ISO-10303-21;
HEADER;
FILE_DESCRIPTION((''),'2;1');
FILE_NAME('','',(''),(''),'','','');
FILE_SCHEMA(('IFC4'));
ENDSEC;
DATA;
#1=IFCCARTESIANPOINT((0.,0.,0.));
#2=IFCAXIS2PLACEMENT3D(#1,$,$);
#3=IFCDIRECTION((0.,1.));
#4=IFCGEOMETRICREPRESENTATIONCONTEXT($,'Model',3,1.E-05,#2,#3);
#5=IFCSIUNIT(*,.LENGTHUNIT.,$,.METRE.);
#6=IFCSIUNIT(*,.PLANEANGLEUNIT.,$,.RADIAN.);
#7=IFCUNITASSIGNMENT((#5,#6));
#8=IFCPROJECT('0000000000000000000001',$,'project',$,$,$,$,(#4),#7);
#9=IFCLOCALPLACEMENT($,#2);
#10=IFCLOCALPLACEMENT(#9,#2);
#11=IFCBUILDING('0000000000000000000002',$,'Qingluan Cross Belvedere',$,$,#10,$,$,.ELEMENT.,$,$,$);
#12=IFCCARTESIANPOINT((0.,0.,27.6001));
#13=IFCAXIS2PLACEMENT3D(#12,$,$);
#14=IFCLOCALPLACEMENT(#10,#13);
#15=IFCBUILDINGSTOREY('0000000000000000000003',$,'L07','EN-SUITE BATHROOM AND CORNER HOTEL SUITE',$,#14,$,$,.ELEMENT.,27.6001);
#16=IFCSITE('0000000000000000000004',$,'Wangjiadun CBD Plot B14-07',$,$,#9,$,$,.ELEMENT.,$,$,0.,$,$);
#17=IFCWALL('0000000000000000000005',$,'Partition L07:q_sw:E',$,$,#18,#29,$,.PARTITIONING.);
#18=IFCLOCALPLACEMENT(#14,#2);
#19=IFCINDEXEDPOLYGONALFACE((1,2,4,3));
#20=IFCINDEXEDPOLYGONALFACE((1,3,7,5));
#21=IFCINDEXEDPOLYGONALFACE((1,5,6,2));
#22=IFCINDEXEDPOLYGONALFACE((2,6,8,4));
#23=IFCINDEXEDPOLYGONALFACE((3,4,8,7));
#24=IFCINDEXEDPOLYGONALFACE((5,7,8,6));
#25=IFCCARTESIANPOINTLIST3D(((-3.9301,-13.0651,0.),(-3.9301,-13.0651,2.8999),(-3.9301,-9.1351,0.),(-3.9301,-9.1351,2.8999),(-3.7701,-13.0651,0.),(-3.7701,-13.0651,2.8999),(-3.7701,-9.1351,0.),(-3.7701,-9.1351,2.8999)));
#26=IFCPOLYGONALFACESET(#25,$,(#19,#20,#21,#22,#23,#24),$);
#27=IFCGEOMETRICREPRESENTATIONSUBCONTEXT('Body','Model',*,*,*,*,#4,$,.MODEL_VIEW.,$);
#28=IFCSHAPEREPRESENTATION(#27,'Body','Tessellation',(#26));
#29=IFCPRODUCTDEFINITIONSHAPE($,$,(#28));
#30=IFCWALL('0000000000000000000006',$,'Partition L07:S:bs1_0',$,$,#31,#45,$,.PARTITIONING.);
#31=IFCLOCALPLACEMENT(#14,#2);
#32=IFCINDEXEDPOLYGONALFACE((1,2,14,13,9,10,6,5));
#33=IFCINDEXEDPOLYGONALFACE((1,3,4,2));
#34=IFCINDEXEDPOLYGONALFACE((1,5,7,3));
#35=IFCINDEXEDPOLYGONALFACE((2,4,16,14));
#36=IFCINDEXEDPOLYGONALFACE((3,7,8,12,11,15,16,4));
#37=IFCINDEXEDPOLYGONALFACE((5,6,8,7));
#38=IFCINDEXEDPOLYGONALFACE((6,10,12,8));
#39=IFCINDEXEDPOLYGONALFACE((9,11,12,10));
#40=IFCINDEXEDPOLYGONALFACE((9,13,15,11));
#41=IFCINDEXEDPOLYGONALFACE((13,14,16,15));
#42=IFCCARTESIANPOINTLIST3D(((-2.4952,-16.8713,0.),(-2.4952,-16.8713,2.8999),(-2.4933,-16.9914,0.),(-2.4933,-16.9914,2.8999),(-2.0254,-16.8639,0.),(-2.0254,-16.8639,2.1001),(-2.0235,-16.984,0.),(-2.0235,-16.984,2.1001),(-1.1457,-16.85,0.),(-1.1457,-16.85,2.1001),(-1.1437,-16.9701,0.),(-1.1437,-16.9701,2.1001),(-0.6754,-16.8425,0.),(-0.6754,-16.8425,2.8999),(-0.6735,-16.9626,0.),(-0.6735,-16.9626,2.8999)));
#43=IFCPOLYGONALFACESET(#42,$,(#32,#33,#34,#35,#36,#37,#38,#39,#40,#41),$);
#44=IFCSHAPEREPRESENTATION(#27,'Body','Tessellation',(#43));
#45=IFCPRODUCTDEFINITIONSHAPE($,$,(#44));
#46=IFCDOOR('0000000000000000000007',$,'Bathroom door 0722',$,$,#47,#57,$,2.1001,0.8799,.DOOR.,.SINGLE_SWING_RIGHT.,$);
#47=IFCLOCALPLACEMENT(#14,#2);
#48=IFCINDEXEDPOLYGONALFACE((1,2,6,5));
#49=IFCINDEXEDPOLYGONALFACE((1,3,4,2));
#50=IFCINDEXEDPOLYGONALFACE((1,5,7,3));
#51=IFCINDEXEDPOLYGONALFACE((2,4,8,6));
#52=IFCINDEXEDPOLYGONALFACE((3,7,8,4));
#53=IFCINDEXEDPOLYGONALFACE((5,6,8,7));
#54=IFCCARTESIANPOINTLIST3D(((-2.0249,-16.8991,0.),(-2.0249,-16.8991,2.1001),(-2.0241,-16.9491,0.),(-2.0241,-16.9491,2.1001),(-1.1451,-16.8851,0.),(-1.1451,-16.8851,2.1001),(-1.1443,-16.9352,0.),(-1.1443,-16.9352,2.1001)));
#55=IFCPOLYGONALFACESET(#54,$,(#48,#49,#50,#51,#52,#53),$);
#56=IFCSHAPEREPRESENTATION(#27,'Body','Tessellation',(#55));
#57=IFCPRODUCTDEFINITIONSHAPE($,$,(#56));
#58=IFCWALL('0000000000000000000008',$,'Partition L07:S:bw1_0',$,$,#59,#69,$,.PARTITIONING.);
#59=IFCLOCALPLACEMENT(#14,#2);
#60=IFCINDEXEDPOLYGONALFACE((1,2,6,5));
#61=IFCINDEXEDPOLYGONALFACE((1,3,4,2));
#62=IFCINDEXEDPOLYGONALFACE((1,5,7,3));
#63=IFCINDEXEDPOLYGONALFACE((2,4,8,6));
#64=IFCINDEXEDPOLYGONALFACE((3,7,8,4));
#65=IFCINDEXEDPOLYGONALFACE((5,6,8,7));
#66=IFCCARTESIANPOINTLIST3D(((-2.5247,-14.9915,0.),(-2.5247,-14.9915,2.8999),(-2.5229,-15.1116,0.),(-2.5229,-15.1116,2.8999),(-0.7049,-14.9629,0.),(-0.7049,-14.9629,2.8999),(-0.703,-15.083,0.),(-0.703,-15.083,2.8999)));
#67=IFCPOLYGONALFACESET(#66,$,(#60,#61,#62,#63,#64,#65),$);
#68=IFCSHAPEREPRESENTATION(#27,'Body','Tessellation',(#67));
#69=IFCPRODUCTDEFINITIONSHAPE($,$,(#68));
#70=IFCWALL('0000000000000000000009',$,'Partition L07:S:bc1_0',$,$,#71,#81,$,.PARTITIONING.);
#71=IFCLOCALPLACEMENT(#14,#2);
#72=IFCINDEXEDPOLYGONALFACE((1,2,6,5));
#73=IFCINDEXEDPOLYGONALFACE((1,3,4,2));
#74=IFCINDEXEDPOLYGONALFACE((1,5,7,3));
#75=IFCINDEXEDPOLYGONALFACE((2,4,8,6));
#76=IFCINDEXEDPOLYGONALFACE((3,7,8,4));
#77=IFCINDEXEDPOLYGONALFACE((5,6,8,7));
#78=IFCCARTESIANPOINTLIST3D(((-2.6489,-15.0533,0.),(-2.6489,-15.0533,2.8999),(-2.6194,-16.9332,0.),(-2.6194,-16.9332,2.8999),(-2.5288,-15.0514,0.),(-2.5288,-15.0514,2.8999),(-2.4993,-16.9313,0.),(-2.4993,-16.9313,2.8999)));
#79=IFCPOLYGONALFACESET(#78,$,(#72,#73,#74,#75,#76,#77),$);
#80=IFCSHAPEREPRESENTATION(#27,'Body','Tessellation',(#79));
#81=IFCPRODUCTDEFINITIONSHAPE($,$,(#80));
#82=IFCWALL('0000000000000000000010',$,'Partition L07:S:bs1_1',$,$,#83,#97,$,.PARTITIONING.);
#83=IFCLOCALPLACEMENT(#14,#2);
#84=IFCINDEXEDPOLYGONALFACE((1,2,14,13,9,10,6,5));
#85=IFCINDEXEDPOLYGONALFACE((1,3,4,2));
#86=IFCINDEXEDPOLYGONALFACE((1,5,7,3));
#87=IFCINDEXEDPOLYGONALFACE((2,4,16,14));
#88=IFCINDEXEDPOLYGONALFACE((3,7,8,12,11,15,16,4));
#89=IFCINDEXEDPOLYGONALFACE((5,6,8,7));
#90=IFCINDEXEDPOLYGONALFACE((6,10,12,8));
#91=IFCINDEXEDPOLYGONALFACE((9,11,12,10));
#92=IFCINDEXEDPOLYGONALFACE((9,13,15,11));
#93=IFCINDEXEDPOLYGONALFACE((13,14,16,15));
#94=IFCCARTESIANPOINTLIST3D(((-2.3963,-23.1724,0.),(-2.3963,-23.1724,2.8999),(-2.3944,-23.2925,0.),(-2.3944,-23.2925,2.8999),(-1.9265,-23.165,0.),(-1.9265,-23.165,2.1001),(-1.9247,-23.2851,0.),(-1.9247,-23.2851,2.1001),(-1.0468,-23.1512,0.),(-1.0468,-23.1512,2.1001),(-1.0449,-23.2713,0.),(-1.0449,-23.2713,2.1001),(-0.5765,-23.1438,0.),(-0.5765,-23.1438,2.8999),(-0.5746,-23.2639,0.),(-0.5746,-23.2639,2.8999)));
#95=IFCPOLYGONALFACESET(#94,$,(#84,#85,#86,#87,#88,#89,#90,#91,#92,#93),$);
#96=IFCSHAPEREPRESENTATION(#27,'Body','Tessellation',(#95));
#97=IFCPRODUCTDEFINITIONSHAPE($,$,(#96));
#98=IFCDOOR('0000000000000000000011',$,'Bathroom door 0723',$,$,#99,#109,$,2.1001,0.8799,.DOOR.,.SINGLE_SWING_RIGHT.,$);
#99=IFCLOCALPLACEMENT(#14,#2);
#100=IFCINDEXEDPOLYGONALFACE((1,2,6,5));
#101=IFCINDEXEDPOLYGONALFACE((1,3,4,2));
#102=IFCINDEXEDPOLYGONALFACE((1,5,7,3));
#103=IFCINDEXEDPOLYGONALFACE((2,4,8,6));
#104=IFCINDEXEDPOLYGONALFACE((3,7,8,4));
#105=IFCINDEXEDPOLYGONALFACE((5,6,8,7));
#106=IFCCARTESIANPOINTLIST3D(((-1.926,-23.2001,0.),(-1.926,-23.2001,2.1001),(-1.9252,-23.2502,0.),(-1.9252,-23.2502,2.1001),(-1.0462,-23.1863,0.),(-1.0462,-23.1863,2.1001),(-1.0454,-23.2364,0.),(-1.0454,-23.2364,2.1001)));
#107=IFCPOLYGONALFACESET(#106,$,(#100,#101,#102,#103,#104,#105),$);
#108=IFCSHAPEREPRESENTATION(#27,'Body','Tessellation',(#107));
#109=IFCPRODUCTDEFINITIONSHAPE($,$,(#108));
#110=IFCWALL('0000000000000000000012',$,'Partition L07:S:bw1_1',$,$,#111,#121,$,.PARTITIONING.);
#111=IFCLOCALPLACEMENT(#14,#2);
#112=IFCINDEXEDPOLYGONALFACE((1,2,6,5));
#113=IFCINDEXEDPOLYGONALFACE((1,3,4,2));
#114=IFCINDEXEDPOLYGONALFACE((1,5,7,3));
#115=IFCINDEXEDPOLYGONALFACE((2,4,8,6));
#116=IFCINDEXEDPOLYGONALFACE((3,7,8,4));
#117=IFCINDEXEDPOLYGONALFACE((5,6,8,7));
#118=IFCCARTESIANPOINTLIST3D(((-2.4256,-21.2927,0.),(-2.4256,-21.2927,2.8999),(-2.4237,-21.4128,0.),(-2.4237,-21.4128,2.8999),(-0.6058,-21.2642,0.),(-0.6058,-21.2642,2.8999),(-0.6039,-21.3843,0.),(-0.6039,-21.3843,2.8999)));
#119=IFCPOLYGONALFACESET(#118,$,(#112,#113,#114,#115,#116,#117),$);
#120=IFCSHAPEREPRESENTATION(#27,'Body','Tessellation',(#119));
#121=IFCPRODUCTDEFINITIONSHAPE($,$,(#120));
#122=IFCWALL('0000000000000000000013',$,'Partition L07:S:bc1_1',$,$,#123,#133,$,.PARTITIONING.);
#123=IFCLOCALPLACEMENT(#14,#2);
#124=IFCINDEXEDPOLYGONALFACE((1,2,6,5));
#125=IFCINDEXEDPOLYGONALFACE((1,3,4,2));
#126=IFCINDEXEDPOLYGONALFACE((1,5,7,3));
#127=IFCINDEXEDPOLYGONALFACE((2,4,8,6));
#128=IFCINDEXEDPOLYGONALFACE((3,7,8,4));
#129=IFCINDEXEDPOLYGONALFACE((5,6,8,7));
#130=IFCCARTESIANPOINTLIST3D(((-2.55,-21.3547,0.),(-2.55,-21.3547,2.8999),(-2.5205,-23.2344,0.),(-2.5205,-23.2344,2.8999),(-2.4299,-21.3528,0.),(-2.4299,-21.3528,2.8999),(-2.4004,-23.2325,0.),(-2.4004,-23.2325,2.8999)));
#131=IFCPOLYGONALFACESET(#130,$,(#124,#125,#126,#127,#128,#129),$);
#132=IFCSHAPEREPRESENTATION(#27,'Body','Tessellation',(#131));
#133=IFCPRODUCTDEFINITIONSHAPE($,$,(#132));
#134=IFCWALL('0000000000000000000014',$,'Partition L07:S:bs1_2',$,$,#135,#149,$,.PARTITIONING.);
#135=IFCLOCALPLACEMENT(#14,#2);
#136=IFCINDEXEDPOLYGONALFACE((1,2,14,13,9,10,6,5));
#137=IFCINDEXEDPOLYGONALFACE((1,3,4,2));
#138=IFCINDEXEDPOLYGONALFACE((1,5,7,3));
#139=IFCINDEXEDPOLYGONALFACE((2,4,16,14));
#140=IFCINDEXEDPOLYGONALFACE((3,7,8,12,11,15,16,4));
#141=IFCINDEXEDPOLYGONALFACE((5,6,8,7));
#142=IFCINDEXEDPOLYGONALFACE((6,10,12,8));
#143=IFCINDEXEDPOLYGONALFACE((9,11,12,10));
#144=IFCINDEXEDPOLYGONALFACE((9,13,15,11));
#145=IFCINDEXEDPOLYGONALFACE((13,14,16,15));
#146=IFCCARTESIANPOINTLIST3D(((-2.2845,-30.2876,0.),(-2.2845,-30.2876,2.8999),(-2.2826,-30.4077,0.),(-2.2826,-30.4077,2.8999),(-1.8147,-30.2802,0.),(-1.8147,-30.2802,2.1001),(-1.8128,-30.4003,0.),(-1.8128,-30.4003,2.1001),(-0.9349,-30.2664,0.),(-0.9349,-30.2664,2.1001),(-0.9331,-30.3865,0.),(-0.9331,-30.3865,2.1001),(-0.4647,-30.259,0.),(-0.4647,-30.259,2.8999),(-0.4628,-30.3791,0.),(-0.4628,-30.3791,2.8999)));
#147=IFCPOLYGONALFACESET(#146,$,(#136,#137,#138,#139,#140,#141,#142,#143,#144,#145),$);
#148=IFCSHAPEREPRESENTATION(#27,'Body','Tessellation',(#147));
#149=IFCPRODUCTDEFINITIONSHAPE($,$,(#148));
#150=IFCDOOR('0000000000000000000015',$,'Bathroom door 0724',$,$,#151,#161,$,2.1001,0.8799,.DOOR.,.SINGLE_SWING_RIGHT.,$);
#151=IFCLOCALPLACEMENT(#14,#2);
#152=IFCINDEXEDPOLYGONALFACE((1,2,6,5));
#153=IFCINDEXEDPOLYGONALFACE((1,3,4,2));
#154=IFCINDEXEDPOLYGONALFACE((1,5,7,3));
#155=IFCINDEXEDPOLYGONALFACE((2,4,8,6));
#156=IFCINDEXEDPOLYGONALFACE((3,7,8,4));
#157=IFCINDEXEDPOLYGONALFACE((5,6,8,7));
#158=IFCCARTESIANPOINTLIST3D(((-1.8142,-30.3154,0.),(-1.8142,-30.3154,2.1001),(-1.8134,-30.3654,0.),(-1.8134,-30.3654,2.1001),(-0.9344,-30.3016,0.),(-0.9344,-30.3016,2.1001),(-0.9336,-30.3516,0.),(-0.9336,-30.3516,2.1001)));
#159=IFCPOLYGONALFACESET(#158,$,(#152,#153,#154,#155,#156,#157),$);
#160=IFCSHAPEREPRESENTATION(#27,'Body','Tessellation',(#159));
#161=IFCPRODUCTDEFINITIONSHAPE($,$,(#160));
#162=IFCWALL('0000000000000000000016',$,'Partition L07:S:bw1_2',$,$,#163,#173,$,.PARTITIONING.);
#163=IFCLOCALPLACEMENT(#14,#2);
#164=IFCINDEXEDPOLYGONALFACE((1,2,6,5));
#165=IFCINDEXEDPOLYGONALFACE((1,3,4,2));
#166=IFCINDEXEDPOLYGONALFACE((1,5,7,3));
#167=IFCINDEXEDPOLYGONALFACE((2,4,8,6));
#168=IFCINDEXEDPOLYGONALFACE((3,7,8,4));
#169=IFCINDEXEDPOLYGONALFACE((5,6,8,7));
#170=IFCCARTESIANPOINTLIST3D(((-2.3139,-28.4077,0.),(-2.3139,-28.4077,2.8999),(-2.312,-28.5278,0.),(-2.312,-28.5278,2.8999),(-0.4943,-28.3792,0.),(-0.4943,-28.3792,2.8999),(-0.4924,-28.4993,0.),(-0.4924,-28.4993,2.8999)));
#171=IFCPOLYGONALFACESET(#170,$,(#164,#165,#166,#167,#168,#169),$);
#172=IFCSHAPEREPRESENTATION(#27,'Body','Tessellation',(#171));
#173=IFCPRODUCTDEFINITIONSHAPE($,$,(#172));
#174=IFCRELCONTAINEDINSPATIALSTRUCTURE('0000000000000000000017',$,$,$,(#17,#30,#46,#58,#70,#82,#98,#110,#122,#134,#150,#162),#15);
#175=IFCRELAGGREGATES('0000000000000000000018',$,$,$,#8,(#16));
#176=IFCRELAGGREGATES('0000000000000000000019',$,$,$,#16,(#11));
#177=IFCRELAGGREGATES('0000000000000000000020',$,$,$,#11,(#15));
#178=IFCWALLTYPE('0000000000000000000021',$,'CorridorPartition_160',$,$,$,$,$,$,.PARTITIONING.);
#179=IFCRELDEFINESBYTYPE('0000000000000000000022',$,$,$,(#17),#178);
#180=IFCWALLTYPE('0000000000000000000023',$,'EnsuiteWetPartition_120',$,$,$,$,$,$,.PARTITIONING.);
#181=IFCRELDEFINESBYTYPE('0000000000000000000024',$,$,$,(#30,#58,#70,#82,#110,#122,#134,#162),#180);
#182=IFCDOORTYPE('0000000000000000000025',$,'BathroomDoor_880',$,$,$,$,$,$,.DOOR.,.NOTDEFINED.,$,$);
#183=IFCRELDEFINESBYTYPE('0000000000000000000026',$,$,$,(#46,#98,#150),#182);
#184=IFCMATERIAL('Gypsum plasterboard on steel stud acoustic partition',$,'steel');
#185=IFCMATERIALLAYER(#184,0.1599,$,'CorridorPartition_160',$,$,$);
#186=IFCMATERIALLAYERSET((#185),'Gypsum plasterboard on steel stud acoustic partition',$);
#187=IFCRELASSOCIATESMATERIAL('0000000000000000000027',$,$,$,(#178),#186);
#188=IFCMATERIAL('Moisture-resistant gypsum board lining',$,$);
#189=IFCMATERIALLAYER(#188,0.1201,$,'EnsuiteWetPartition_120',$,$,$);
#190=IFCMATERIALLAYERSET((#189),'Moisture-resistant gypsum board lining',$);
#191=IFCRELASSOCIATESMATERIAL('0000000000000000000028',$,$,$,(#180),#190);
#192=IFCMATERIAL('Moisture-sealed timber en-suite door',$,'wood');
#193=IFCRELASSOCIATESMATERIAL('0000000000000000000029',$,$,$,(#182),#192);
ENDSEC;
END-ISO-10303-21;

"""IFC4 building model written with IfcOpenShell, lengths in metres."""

from ifc_helpers import new_model, si_unit, direction, frame, frame_2d, origin, place, context, subcontext, project, spatial, rectangle, extrude, material, layer, layer_set, type_object, element, fill, save


model = new_model("IFC4")

# Units and contexts
model_context = context("Model", 3, precision=1e-05, world=origin(), true_north=direction((0.0, 1.0)))
body_context = subcontext(model_context, "Body", "Model", "MODEL_VIEW")
ifc_project = project(units=[si_unit("LENGTHUNIT", "METRE"), si_unit("PLANEANGLEUNIT", "RADIAN")], contexts=[model_context])

# Site, building, storey
site_placement = place(None, origin())
site = spatial("IfcSite", under=ifc_project, at=site_placement, Name="Wangjiadun CBD Plot B14-07", CompositionType="ELEMENT", RefElevation=0.0)
building_placement = place(site_placement, origin())
building = spatial("IfcBuilding", under=site, at=building_placement, Name="Qingluan Cross Belvedere", CompositionType="ELEMENT")
storey_placement = place(building_placement, frame((0.0, 0.0, 27.6001)))
storey = spatial("IfcBuildingStorey", under=building, at=storey_placement, Name="L07", Description="EN-SUITE BATHROOM AND CORNER HOTEL SUITE", CompositionType="ELEMENT", Elevation=27.6001)

# Wall
ifc_material_1 = material(Name="Gypsum plasterboard on steel stud acoustic partition", Category="steel")
ifc_layer_1 = layer(ifc_material_1, 0.1599, Name="CorridorPartition_160")
ifc_layer_set_1 = layer_set([ifc_layer_1], Name="Gypsum plasterboard on steel stud acoustic partition")
wall_type_1 = type_object("IfcWallType", Name="CorridorPartition_160", PredefinedType="PARTITIONING", material=ifc_layer_set_1)
wall_1_placement = place(storey_placement, frame((-3.8501, -13.0649, 0.0), z_axis=(0.0, 0.0, 1.0), x_axis=(0.0, 1.0, 0.0)))
element("IfcWall", 1, at=wall_1_placement, inside=storey, type_object=wall_type_1, Name="Partition L07:q_sw:E", PredefinedType="PARTITIONING", context=body_context, shape_type="SweptSolid", body=[
    extrude(rectangle(XDim=3.9299, YDim=0.1599, at=frame_2d((1.9648, 0.0))), origin(), (0.0, 0.0, 1.0), 2.8999),
])

# Wall, opening, door
ifc_material_2 = material(Name="Moisture-resistant gypsum board lining")
ifc_layer_2 = layer(ifc_material_2, 0.1201, Name="EnsuiteWetPartition_120")
ifc_layer_set_2 = layer_set([ifc_layer_2], Name="Moisture-resistant gypsum board lining")
wall_type_2 = type_object("IfcWallType", Name="EnsuiteWetPartition_120", PredefinedType="PARTITIONING", material=ifc_layer_set_2)
wall_2_placement = place(storey_placement, frame((-2.4944, -16.9314, 0.0), z_axis=(0.0, 0.0, 1.0), x_axis=(0.999875, 0.015828, 0.0)))
wall_2 = element("IfcWall", 2, at=wall_2_placement, inside=storey, type_object=wall_type_2, Name="Partition L07:S:bs1_0", PredefinedType="PARTITIONING", context=body_context, shape_type="SweptSolid", body=[
    extrude(rectangle(XDim=1.8201, YDim=0.1201, at=frame_2d((0.9102, 0.0))), origin(), (0.0, 0.0, 1.0), 2.8999),
])
opening_1_placement = place(wall_2_placement, frame((0.47, 0.0, 0.0)))
opening_1 = element("IfcOpeningElement", 3, at=opening_1_placement, cuts=wall_2, PredefinedType="OPENING", context=body_context, shape_type="SweptSolid", body=[
    extrude(rectangle(XDim=0.8799, YDim=2.1001, at=frame_2d((0.4399, 1.05))), frame((0.0, 0.0701, 0.0), z_axis=(0.0, -1.0, 0.0), x_axis=(1.0, 0.0, 0.0)), (0.0, 0.0, 1.0), 0.1401),
])
ifc_material_3 = material(Name="Moisture-sealed timber en-suite door", Category="wood")
door_type = type_object("IfcDoorType", Name="BathroomDoor_880", OperationType="NOTDEFINED", PredefinedType="DOOR", material=ifc_material_3)
door_1_placement = place(opening_1_placement, origin())
door_1 = element("IfcDoor", 4, at=door_1_placement, inside=storey, type_object=door_type, Name="Bathroom door 0722", OperationType="SINGLE_SWING_RIGHT", OverallHeight=2.1001, OverallWidth=0.8799, PredefinedType="DOOR", context=body_context, shape_type="SweptSolid", body=[
    extrude(rectangle(XDim=0.8799, YDim=2.1001, at=frame_2d((0.4399, 1.05))), frame((0.0, 0.0249, 0.0), z_axis=(0.0, -1.0, 0.0), x_axis=(1.0, 0.0, 0.0)), (0.0, 0.0, 1.0), 0.05),
])
fill(opening_1, door_1)

# Walls
wall_3_placement = place(storey_placement, frame((-2.5239, -15.0515, 0.0), z_axis=(0.0, 0.0, 1.0), x_axis=(0.999877, 0.015694, 0.0)))
element("IfcWall", 5, at=wall_3_placement, inside=storey, type_object=wall_type_2, Name="Partition L07:S:bw1_0", PredefinedType="PARTITIONING", context=body_context, shape_type="SweptSolid", body=[
    extrude(rectangle(XDim=1.8201, YDim=0.1201, at=frame_2d((0.9102, 0.0))), origin(), (0.0, 0.0, 1.0), 2.8999),
])
wall_4_placement = place(storey_placement, frame((-2.5889, -15.0525, 0.0), z_axis=(0.0, 0.0, 1.0), x_axis=(0.015712, -0.999877, 0.0)))
element("IfcWall", 6, at=wall_4_placement, inside=storey, type_object=wall_type_2, Name="Partition L07:S:bc1_0", PredefinedType="PARTITIONING", context=body_context, shape_type="SweptSolid", body=[
    extrude(rectangle(XDim=1.8801, YDim=0.1201, at=frame_2d((0.9399, 0.0))), origin(), (0.0, 0.0, 1.0), 2.8999),
])

# Wall, opening, door
wall_5_placement = place(storey_placement, frame((-2.3955, -23.2324, 0.0), z_axis=(0.0, 0.0, 1.0), x_axis=(0.999877, 0.015694, 0.0)))
wall_5 = element("IfcWall", 7, at=wall_5_placement, inside=storey, type_object=wall_type_2, Name="Partition L07:S:bs1_1", PredefinedType="PARTITIONING", context=body_context, shape_type="SweptSolid", body=[
    extrude(rectangle(XDim=1.8201, YDim=0.1201, at=frame_2d((0.9102, 0.0))), origin(), (0.0, 0.0, 1.0), 2.8999),
])
opening_2_placement = place(wall_5_placement, frame((0.47, 0.0, 0.0)))
opening_2 = element("IfcOpeningElement", 8, at=opening_2_placement, cuts=wall_5, PredefinedType="OPENING", context=body_context, shape_type="SweptSolid", body=[
    extrude(rectangle(XDim=0.8799, YDim=2.1001, at=frame_2d((0.4399, 1.05))), frame((0.0, 0.0701, 0.0), z_axis=(0.0, -1.0, 0.0), x_axis=(1.0, 0.0, 0.0)), (0.0, 0.0, 1.0), 0.1401),
])
door_2_placement = place(opening_2_placement, origin())
door_2 = element("IfcDoor", 9, at=door_2_placement, inside=storey, type_object=door_type, Name="Bathroom door 0723", OperationType="SINGLE_SWING_RIGHT", OverallHeight=2.1001, OverallWidth=0.8799, PredefinedType="DOOR", context=body_context, shape_type="SweptSolid", body=[
    extrude(rectangle(XDim=0.8799, YDim=2.1001, at=frame_2d((0.4399, 1.05))), frame((0.0, 0.0249, 0.0), z_axis=(0.0, -1.0, 0.0), x_axis=(1.0, 0.0, 0.0)), (0.0, 0.0, 1.0), 0.05),
])
fill(opening_2, door_2)

# Walls
wall_6_placement = place(storey_placement, frame((-2.4248, -21.3528, 0.0), z_axis=(0.0, 0.0, 1.0), x_axis=(0.999877, 0.015694, 0.0)))
element("IfcWall", 10, at=wall_6_placement, inside=storey, type_object=wall_type_2, Name="Partition L07:S:bw1_1", PredefinedType="PARTITIONING", context=body_context, shape_type="SweptSolid", body=[
    extrude(rectangle(XDim=1.8201, YDim=0.1201, at=frame_2d((0.9102, 0.0))), origin(), (0.0, 0.0, 1.0), 2.8999),
])
wall_7_placement = place(storey_placement, frame((-2.49, -21.3538, 0.0), z_axis=(0.0, 0.0, 1.0), x_axis=(0.015714, -0.999877, 0.0)))
element("IfcWall", 11, at=wall_7_placement, inside=storey, type_object=wall_type_2, Name="Partition L07:S:bc1_1", PredefinedType="PARTITIONING", context=body_context, shape_type="SweptSolid", body=[
    extrude(rectangle(XDim=1.8799, YDim=0.1201, at=frame_2d((0.9399, 0.0))), origin(), (0.0, 0.0, 1.0), 2.8999),
])

# Wall, opening, door
wall_8_placement = place(storey_placement, frame((-2.2837, -30.3477, 0.0), z_axis=(0.0, 0.0, 1.0), x_axis=(0.999877, 0.015694, 0.0)))
wall_8 = element("IfcWall", 12, at=wall_8_placement, inside=storey, type_object=wall_type_2, Name="Partition L07:S:bs1_2", PredefinedType="PARTITIONING", context=body_context, shape_type="SweptSolid", body=[
    extrude(rectangle(XDim=1.8201, YDim=0.1201, at=frame_2d((0.9102, 0.0))), origin(), (0.0, 0.0, 1.0), 2.8999),
])
opening_3_placement = place(wall_8_placement, frame((0.47, 0.0, 0.0)))
opening_3 = element("IfcOpeningElement", 13, at=opening_3_placement, cuts=wall_8, PredefinedType="OPENING", context=body_context, shape_type="SweptSolid", body=[
    extrude(rectangle(XDim=0.8799, YDim=2.1001, at=frame_2d((0.4399, 1.05))), frame((0.0, 0.0701, 0.0), z_axis=(0.0, -1.0, 0.0), x_axis=(1.0, 0.0, 0.0)), (0.0, 0.0, 1.0), 0.1401),
])
door_3_placement = place(opening_3_placement, origin())
door_3 = element("IfcDoor", 14, at=door_3_placement, inside=storey, type_object=door_type, Name="Bathroom door 0724", OperationType="SINGLE_SWING_RIGHT", OverallHeight=2.1001, OverallWidth=0.8799, PredefinedType="DOOR", context=body_context, shape_type="SweptSolid", body=[
    extrude(rectangle(XDim=0.8799, YDim=2.1001, at=frame_2d((0.4399, 1.05))), frame((0.0, 0.0249, 0.0), z_axis=(0.0, -1.0, 0.0), x_axis=(1.0, 0.0, 0.0)), (0.0, 0.0, 1.0), 0.05),
])
fill(opening_3, door_3)

# Wall
wall_9_placement = place(storey_placement, frame((-2.313, -28.4678, 0.0), z_axis=(0.0, 0.0, 1.0), x_axis=(0.999877, 0.015696, 0.0)))
element("IfcWall", 15, at=wall_9_placement, inside=storey, type_object=wall_type_2, Name="Partition L07:S:bw1_2", PredefinedType="PARTITIONING", context=body_context, shape_type="SweptSolid", body=[
    extrude(rectangle(XDim=1.8198, YDim=0.1201, at=frame_2d((0.9099, 0.0))), origin(), (0.0, 0.0, 1.0), 2.8999),
])

save(model, "model.ifc")
